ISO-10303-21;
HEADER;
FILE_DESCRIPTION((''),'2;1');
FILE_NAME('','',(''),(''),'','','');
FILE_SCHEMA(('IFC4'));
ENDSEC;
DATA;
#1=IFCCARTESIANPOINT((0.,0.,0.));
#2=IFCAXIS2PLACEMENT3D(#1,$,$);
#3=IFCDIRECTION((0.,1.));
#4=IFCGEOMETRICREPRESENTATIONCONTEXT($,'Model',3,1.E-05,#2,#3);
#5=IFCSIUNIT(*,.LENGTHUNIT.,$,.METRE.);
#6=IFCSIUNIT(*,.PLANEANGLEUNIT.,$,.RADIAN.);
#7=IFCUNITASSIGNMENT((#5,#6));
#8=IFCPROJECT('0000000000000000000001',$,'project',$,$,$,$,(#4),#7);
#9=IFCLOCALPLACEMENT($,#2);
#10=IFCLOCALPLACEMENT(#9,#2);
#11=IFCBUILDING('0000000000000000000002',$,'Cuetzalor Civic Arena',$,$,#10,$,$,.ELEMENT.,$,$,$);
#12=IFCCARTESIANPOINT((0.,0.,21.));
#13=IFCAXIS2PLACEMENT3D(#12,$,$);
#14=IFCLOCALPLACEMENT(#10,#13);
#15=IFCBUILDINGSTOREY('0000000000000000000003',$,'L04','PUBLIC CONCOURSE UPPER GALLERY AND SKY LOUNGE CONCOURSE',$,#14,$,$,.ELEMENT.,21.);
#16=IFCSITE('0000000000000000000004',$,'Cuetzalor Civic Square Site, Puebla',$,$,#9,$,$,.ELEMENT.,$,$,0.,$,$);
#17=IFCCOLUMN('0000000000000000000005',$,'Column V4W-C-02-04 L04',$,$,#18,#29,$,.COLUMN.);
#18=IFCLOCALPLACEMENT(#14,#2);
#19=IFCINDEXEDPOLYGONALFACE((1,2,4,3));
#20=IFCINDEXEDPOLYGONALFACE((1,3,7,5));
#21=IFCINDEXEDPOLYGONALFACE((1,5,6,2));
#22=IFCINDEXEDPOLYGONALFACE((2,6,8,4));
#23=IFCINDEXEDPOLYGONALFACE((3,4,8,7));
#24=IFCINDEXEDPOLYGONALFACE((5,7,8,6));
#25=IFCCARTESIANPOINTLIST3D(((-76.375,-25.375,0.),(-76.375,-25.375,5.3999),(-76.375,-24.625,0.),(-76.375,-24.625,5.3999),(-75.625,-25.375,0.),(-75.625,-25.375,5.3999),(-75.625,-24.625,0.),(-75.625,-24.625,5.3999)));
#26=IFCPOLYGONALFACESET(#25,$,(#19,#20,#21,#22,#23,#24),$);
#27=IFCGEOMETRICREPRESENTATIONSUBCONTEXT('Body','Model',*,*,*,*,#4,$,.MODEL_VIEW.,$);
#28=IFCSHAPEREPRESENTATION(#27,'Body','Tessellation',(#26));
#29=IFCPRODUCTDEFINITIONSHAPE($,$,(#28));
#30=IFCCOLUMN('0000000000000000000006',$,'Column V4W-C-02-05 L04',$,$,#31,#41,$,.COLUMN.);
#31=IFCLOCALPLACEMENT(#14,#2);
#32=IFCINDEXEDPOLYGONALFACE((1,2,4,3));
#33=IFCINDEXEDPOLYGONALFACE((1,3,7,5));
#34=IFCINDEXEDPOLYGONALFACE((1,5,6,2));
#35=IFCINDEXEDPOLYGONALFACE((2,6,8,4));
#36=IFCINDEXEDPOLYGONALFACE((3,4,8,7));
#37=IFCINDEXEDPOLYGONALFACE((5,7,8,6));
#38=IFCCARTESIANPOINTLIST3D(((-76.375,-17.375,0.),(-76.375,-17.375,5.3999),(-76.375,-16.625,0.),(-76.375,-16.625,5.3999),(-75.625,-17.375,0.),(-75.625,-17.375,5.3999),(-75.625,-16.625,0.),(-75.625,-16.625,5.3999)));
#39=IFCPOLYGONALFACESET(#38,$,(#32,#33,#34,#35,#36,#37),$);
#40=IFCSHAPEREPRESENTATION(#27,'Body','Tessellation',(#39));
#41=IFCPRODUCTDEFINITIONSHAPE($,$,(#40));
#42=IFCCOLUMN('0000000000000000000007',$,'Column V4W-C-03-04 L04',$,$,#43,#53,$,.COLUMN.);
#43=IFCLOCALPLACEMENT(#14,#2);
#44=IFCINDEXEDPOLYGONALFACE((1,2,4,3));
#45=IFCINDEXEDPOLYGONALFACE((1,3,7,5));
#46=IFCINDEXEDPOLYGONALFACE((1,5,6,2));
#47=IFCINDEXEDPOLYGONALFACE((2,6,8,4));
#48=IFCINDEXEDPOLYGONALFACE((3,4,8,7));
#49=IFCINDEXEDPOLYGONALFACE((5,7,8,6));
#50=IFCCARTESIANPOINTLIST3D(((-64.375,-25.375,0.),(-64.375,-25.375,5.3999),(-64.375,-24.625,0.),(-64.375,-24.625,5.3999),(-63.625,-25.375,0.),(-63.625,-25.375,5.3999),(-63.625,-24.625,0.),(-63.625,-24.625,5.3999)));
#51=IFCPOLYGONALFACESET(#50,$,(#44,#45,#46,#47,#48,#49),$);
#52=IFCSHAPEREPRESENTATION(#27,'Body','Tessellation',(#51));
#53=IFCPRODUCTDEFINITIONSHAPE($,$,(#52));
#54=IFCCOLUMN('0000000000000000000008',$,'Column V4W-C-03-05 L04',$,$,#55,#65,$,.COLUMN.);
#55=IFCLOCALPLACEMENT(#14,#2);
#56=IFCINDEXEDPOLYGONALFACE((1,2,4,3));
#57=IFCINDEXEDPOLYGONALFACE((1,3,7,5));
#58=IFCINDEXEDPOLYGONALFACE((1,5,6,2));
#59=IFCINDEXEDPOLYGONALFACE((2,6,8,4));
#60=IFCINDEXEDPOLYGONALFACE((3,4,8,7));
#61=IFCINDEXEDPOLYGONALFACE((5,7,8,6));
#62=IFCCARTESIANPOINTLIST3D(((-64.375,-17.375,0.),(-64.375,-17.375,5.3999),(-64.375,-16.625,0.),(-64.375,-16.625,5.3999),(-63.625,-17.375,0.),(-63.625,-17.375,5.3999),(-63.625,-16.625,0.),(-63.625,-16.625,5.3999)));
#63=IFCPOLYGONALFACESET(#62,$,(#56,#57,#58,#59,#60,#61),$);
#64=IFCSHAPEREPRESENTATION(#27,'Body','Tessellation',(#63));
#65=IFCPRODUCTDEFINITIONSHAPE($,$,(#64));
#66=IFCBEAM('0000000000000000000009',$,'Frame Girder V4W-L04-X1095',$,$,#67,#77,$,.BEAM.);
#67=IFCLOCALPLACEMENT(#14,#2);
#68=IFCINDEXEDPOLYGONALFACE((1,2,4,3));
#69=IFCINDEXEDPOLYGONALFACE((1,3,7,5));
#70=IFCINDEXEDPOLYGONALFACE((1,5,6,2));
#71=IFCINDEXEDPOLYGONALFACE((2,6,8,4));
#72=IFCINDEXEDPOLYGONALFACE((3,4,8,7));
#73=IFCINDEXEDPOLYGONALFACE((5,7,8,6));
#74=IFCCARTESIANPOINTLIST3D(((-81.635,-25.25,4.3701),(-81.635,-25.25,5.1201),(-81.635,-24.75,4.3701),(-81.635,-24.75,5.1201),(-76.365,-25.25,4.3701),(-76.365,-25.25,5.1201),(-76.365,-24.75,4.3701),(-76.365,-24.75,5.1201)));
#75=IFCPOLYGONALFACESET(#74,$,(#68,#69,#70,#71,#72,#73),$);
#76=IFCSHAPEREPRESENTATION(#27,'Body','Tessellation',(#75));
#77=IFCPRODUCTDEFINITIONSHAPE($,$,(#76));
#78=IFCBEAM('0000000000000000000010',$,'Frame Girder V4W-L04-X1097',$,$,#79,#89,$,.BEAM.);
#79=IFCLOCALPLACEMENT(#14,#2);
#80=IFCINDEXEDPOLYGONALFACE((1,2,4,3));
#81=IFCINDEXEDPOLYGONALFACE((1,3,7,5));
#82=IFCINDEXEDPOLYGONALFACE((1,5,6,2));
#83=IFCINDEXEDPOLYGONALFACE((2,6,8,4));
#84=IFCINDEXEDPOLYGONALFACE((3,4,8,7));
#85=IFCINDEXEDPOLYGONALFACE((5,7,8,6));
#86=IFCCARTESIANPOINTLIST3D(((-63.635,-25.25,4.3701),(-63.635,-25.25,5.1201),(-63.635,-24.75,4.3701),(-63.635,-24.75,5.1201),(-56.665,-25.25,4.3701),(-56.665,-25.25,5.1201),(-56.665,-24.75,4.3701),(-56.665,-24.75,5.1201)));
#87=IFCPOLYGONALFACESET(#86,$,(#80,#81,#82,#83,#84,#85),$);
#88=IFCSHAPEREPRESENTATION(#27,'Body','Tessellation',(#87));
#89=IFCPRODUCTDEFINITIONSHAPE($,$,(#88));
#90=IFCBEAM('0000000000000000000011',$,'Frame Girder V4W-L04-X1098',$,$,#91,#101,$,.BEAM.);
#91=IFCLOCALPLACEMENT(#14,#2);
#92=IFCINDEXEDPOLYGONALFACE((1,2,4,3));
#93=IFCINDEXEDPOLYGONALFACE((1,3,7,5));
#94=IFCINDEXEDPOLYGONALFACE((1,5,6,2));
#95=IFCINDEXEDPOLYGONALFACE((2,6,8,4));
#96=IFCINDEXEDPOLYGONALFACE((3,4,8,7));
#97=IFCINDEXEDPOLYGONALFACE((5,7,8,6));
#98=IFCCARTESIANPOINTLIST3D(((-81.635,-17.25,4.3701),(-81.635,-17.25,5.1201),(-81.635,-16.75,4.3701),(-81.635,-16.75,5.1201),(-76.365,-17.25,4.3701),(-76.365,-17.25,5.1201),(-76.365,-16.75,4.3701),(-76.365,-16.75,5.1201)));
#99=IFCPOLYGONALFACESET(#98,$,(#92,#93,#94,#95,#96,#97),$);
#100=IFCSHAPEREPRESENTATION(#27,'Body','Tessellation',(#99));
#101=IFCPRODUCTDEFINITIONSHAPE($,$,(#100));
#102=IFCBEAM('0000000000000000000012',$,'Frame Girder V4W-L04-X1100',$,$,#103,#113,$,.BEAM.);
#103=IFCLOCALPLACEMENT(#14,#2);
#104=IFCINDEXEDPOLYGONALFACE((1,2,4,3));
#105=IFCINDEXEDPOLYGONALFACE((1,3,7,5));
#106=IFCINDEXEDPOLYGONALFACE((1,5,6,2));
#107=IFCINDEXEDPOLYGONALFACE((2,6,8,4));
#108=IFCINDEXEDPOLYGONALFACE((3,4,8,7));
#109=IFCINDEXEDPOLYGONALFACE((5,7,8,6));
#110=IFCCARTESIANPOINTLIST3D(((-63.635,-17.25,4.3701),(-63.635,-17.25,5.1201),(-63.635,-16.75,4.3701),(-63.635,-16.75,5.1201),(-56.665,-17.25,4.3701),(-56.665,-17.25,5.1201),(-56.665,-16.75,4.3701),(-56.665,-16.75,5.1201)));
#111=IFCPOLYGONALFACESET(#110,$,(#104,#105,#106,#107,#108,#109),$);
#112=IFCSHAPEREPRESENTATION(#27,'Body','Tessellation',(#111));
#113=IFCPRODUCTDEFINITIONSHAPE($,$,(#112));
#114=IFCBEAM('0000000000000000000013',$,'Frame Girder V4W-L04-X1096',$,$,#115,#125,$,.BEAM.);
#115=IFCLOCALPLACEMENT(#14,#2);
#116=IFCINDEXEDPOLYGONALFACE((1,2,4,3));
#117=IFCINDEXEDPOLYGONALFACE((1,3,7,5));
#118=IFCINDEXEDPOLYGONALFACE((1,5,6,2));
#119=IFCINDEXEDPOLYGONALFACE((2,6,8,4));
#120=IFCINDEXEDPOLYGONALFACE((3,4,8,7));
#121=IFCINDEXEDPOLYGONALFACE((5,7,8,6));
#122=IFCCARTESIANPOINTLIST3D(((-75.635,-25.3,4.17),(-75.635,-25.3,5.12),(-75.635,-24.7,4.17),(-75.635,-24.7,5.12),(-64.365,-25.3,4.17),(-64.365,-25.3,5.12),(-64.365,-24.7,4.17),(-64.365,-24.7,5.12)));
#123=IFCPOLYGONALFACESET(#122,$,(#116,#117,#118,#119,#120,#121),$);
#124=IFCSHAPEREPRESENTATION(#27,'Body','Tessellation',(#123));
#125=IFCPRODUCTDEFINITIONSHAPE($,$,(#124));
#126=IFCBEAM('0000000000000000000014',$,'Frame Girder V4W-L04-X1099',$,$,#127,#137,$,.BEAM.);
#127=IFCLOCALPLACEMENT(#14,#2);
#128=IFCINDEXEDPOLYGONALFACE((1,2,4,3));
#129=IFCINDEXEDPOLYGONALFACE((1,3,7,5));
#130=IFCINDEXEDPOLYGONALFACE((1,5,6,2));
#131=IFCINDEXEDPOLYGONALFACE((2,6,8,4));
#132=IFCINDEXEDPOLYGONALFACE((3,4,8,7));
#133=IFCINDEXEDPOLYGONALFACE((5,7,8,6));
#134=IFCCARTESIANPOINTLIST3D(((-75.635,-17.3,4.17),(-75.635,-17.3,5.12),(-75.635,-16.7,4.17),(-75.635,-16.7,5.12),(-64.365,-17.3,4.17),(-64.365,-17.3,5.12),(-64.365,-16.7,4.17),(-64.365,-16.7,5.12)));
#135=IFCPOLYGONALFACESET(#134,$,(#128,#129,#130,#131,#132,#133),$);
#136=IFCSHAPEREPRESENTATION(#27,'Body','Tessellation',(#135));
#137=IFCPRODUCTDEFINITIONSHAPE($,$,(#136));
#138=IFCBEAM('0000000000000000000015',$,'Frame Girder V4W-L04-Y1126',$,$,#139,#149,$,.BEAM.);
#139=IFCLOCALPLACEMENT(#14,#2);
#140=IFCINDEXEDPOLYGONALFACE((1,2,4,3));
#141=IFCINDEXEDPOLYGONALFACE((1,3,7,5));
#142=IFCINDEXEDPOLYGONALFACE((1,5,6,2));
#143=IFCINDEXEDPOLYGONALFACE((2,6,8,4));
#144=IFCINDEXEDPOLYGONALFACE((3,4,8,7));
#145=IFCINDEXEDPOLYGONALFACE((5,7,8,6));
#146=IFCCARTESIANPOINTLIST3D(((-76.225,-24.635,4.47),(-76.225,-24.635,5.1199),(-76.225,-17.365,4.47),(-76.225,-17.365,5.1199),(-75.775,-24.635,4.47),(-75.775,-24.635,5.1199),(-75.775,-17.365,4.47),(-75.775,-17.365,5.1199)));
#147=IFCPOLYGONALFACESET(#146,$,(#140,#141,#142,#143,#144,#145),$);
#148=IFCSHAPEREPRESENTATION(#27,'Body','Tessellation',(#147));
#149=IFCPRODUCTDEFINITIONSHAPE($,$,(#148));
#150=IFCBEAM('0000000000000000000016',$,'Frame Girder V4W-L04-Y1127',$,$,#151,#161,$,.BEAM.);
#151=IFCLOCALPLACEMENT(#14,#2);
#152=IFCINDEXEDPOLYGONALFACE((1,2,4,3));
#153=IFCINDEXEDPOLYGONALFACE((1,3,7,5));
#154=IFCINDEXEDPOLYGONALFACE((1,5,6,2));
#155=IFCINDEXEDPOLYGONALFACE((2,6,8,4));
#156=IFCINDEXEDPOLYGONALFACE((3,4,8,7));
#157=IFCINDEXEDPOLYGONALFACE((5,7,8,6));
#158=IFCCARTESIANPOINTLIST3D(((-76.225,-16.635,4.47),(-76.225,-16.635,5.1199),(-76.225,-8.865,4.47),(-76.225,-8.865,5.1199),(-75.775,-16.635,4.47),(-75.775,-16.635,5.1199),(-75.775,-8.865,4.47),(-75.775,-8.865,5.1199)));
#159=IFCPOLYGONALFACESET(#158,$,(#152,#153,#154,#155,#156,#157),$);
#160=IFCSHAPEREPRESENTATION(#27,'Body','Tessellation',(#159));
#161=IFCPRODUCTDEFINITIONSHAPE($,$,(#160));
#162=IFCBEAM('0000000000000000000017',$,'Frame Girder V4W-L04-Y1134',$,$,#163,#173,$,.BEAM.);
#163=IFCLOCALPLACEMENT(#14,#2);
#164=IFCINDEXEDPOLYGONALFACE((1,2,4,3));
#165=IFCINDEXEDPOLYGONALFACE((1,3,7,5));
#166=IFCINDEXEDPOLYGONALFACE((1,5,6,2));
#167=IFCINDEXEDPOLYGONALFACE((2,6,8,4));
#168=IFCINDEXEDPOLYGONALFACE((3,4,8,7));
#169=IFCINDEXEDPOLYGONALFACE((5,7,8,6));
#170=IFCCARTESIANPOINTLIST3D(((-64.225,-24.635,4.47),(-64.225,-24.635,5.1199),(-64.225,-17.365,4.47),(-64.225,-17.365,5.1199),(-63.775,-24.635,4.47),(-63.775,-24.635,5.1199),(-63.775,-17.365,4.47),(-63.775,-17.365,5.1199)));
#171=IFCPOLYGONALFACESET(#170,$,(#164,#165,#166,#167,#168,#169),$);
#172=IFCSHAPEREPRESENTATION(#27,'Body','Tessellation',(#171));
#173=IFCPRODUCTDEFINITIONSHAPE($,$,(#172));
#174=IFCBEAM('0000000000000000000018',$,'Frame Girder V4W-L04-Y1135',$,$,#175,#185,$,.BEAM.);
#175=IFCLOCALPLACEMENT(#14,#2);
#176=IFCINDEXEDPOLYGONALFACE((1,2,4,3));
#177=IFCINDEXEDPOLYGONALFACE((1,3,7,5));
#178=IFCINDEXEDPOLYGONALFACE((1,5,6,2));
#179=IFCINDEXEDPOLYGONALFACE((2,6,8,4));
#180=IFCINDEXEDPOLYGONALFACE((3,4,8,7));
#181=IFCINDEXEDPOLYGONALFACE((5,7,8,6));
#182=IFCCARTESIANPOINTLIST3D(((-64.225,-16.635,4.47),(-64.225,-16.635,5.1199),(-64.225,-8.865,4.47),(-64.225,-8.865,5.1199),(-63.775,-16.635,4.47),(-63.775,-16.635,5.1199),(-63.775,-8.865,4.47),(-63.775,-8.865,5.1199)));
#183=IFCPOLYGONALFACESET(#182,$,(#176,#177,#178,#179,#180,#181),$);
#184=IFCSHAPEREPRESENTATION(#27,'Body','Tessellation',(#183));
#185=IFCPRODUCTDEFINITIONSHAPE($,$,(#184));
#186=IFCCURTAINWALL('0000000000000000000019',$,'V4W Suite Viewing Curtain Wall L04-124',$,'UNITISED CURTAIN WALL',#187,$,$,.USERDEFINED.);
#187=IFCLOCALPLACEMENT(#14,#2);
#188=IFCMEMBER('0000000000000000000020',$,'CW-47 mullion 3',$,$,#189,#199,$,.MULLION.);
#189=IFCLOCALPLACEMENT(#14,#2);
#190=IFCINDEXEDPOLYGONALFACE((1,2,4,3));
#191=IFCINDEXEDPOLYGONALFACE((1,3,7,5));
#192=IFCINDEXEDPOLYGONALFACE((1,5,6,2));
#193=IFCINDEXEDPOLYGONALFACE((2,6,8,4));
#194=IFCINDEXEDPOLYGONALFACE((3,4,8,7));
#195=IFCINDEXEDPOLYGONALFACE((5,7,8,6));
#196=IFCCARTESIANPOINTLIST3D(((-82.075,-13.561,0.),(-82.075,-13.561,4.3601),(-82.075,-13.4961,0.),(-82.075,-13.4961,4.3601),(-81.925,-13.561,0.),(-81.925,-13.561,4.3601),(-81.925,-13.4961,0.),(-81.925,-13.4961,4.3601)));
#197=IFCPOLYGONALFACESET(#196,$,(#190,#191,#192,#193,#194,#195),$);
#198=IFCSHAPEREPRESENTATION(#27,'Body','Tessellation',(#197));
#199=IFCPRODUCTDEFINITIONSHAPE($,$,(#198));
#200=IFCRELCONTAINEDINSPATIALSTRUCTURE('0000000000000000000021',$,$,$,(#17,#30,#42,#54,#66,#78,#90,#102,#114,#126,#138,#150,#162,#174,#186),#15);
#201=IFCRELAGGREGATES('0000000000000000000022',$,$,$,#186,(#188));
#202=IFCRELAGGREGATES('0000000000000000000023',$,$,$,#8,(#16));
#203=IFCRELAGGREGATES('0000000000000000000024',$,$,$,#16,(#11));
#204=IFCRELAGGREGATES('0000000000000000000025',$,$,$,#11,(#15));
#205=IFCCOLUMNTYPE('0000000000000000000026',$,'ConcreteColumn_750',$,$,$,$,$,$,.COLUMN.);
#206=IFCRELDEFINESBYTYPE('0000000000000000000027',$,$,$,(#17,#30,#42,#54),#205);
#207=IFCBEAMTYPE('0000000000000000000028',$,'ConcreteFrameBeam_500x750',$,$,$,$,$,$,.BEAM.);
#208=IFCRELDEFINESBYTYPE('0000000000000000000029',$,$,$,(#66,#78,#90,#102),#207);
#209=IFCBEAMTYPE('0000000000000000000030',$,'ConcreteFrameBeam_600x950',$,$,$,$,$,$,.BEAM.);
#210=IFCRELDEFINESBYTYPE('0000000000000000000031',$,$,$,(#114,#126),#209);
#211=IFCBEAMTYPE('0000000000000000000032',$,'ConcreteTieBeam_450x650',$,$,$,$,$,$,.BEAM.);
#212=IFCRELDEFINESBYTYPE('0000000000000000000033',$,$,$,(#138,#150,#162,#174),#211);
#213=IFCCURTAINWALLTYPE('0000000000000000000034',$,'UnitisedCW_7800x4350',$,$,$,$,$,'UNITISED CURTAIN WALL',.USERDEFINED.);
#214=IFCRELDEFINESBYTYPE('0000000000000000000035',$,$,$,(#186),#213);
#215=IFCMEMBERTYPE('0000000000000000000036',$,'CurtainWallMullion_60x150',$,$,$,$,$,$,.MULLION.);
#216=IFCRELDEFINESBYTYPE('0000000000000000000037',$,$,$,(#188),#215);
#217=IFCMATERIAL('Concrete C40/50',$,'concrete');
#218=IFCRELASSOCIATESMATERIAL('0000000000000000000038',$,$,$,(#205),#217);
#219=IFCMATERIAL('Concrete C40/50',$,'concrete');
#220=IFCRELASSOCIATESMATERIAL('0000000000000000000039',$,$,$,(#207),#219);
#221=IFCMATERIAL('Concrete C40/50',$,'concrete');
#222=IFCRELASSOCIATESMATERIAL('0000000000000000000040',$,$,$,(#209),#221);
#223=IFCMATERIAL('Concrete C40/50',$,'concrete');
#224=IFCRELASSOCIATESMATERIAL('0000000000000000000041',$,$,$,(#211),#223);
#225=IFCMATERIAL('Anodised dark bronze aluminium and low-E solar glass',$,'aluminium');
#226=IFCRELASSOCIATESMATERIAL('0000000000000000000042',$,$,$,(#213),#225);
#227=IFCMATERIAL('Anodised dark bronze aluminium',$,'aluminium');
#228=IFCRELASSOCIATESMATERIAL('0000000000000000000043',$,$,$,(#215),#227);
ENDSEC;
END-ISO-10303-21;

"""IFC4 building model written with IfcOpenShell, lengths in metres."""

from ifc_helpers import new_model, si_unit, direction, frame, origin, origin_2d, place, context, subcontext, project, spatial, rectangle, extrude, material, material_profile, profile_set, type_object, element, aggregate, save


model = new_model("IFC4")

# Units and contexts
model_context = context("Model", 3, precision=1e-05, world=origin(), true_north=direction((0.0, 1.0)))
body_context = subcontext(model_context, "Body", "Model", "MODEL_VIEW")
ifc_project = project(units=[si_unit("LENGTHUNIT", "METRE"), si_unit("PLANEANGLEUNIT", "RADIAN")], contexts=[model_context])

# Site, building, storey
site_placement = place(None, origin())
site = spatial("IfcSite", under=ifc_project, at=site_placement, Name="Cuetzalor Civic Square Site, Puebla", CompositionType="ELEMENT", RefElevation=0.0)
building_placement = place(site_placement, origin())
building = spatial("IfcBuilding", under=site, at=building_placement, Name="Cuetzalor Civic Arena", CompositionType="ELEMENT")
storey_placement = place(building_placement, frame((0.0, 0.0, 21.0)))
storey = spatial("IfcBuildingStorey", under=building, at=storey_placement, Name="L04", Description="PUBLIC CONCOURSE UPPER GALLERY AND SKY LOUNGE CONCOURSE", CompositionType="ELEMENT", Elevation=21.0)

# Columns
ifc_material_1 = material(Name="Concrete C40/50", Category="concrete")
ifc_material_profile_1 = material_profile(ifc_material_1, rectangle(XDim=0.75, YDim=0.75, at=origin_2d()), Name="RC 750x750")
ifc_profile_set_1 = profile_set([ifc_material_profile_1], Name="Concrete C40/50")
column_type = type_object("IfcColumnType", Name="ConcreteColumn_750", PredefinedType="COLUMN", material=ifc_profile_set_1)
for number, where, z_axis, x_axis, name in (
    (1, (-76.0, -25.0, 0.0), (0.0, 0.0, 1.0), (1.0, 0.0, 0.0), "Column V4W-C-02-04 L04"),
    (2, (-76.0, -17.0, 0.0), (0.0, 0.0, 1.0), (1.0, 0.0, 0.0), "Column V4W-C-02-05 L04"),
    (3, (-64.0, -25.0, 0.0), (0.0, 0.0, 1.0), (1.0, 0.0, 0.0), "Column V4W-C-03-04 L04"),
    (4, (-64.0, -17.0, 0.0), (0.0, 0.0, 1.0), (1.0, 0.0, 0.0), "Column V4W-C-03-05 L04"),
):
    element("IfcColumn", number, at=place(storey_placement, frame(where, z_axis=z_axis, x_axis=x_axis)), inside=storey, type_object=column_type, Name=name, PredefinedType="COLUMN", context=body_context, shape_type="SweptSolid", body=[
        extrude(rectangle(XDim=0.75, YDim=0.75, at=origin_2d()), origin(), (0.0, 0.0, 1.0), 5.3999),
    ])

# Beams
ifc_material_2 = material(Name="Concrete C40/50", Category="concrete")
ifc_material_profile_2 = material_profile(ifc_material_2, rectangle(XDim=0.5, YDim=0.75, at=origin_2d()), Name="RC 500x750")
ifc_profile_set_2 = profile_set([ifc_material_profile_2], Name="Concrete C40/50")
beam_type_1 = type_object("IfcBeamType", Name="ConcreteFrameBeam_500x750", PredefinedType="BEAM", material=ifc_profile_set_2)
beam_1_placement = place(storey_placement, frame((-81.635, -25.0, 4.7451), z_axis=(1.0, 0.0, 0.0), x_axis=(0.0, 1.0, 0.0)))
element("IfcBeam", 5, at=beam_1_placement, inside=storey, type_object=beam_type_1, Name="Frame Girder V4W-L04-X1095", PredefinedType="BEAM", context=body_context, shape_type="SweptSolid", body=[
    extrude(rectangle(XDim=0.5, YDim=0.75, at=origin_2d()), origin(), (0.0, 0.0, 1.0), 5.27),
])
beam_2_placement = place(storey_placement, frame((-63.635, -25.0, 4.7451), z_axis=(1.0, 0.0, 0.0), x_axis=(0.0, 1.0, 0.0)))
element("IfcBeam", 6, at=beam_2_placement, inside=storey, type_object=beam_type_1, Name="Frame Girder V4W-L04-X1097", PredefinedType="BEAM", context=body_context, shape_type="SweptSolid", body=[
    extrude(rectangle(XDim=0.5, YDim=0.75, at=origin_2d()), origin(), (0.0, 0.0, 1.0), 6.97),
])
beam_3_placement = place(storey_placement, frame((-81.635, -17.0, 4.7451), z_axis=(1.0, 0.0, 0.0), x_axis=(0.0, 1.0, 0.0)))
element("IfcBeam", 7, at=beam_3_placement, inside=storey, type_object=beam_type_1, Name="Frame Girder V4W-L04-X1098", PredefinedType="BEAM", context=body_context, shape_type="SweptSolid", body=[
    extrude(rectangle(XDim=0.5, YDim=0.75, at=origin_2d()), origin(), (0.0, 0.0, 1.0), 5.27),
])
beam_4_placement = place(storey_placement, frame((-63.635, -17.0, 4.7451), z_axis=(1.0, 0.0, 0.0), x_axis=(0.0, 1.0, 0.0)))
element("IfcBeam", 8, at=beam_4_placement, inside=storey, type_object=beam_type_1, Name="Frame Girder V4W-L04-X1100", PredefinedType="BEAM", context=body_context, shape_type="SweptSolid", body=[
    extrude(rectangle(XDim=0.5, YDim=0.75, at=origin_2d()), origin(), (0.0, 0.0, 1.0), 6.97),
])
ifc_material_3 = material(Name="Concrete C40/50", Category="concrete")
ifc_material_profile_3 = material_profile(ifc_material_3, rectangle(XDim=0.6001, YDim=0.95, at=origin_2d()), Name="RC 600x950")
ifc_profile_set_3 = profile_set([ifc_material_profile_3], Name="Concrete C40/50")
beam_type_2 = type_object("IfcBeamType", Name="ConcreteFrameBeam_600x950", PredefinedType="BEAM", material=ifc_profile_set_3)
for number, where, z_axis, x_axis, name in (
    (9, (-75.635, -25.0, 4.645), (1.0, 0.0, 0.0), (0.0, 1.0, 0.0), "Frame Girder V4W-L04-X1096"),
    (10, (-75.635, -17.0, 4.645), (1.0, 0.0, 0.0), (0.0, 1.0, 0.0), "Frame Girder V4W-L04-X1099"),
):
    element("IfcBeam", number, at=place(storey_placement, frame(where, z_axis=z_axis, x_axis=x_axis)), inside=storey, type_object=beam_type_2, Name=name, PredefinedType="BEAM", context=body_context, shape_type="SweptSolid", body=[
        extrude(rectangle(XDim=0.6001, YDim=0.95, at=origin_2d()), origin(), (0.0, 0.0, 1.0), 11.27),
    ])
ifc_material_4 = material(Name="Concrete C40/50", Category="concrete")
ifc_material_profile_4 = material_profile(ifc_material_4, rectangle(XDim=0.45, YDim=0.6499, at=origin_2d()), Name="RC 450x650")
ifc_profile_set_4 = profile_set([ifc_material_profile_4], Name="Concrete C40/50")
beam_type_3 = type_object("IfcBeamType", Name="ConcreteTieBeam_450x650", PredefinedType="BEAM", material=ifc_profile_set_4)
beam_5_placement = place(storey_placement, frame((-76.0, -24.635, 4.7949), z_axis=(0.0, 1.0, 0.0), x_axis=(-1.0, 0.0, 0.0)))
element("IfcBeam", 11, at=beam_5_placement, inside=storey, type_object=beam_type_3, Name="Frame Girder V4W-L04-Y1126", PredefinedType="BEAM", context=body_context, shape_type="SweptSolid", body=[
    extrude(rectangle(XDim=0.45, YDim=0.6499, at=origin_2d()), origin(), (0.0, 0.0, 1.0), 7.27),
])
beam_6_placement = place(storey_placement, frame((-76.0, -16.635, 4.7949), z_axis=(0.0, 1.0, 0.0), x_axis=(-1.0, 0.0, 0.0)))
element("IfcBeam", 12, at=beam_6_placement, inside=storey, type_object=beam_type_3, Name="Frame Girder V4W-L04-Y1127", PredefinedType="BEAM", context=body_context, shape_type="SweptSolid", body=[
    extrude(rectangle(XDim=0.45, YDim=0.6499, at=origin_2d()), origin(), (0.0, 0.0, 1.0), 7.77),
])
beam_7_placement = place(storey_placement, frame((-64.0, -24.635, 4.7949), z_axis=(0.0, 1.0, 0.0), x_axis=(-1.0, 0.0, 0.0)))
element("IfcBeam", 13, at=beam_7_placement, inside=storey, type_object=beam_type_3, Name="Frame Girder V4W-L04-Y1134", PredefinedType="BEAM", context=body_context, shape_type="SweptSolid", body=[
    extrude(rectangle(XDim=0.45, YDim=0.6499, at=origin_2d()), origin(), (0.0, 0.0, 1.0), 7.27),
])
beam_8_placement = place(storey_placement, frame((-64.0, -16.635, 4.7949), z_axis=(0.0, 1.0, 0.0), x_axis=(-1.0, 0.0, 0.0)))
element("IfcBeam", 14, at=beam_8_placement, inside=storey, type_object=beam_type_3, Name="Frame Girder V4W-L04-Y1135", PredefinedType="BEAM", context=body_context, shape_type="SweptSolid", body=[
    extrude(rectangle(XDim=0.45, YDim=0.6499, at=origin_2d()), origin(), (0.0, 0.0, 1.0), 7.77),
])

# Curtain wall, member
ifc_material_5 = material(Name="Anodised dark bronze aluminium and low-E solar glass", Category="aluminium")
curtain_wall_type = type_object("IfcCurtainWallType", Name="UnitisedCW_7800x4350", ElementType="UNITISED CURTAIN WALL", PredefinedType="USERDEFINED", material=ifc_material_5)
curtain_wall_placement = place(storey_placement, origin())
curtain_wall = element("IfcCurtainWall", 15, at=curtain_wall_placement, inside=storey, type_object=curtain_wall_type, Name="V4W Suite Viewing Curtain Wall L04-124", ObjectType="UNITISED CURTAIN WALL", PredefinedType="USERDEFINED")
ifc_material_6 = material(Name="Anodised dark bronze aluminium", Category="aluminium")
ifc_material_profile_5 = material_profile(ifc_material_6, rectangle(XDim=0.0649, YDim=0.1499, at=origin_2d()), Name="ALU MULLION 65x150")
ifc_profile_set_5 = profile_set([ifc_material_profile_5], Name="Anodised dark bronze aluminium")
member_type_1 = type_object("IfcMemberType", Name="CurtainWallMullion_60x150", PredefinedType="MULLION", material=ifc_profile_set_5)
member_1_placement = place(storey_placement, frame((-82.0, -13.5286, 0.0), z_axis=(0.0, 0.0, 1.0), x_axis=(0.0, 1.0, 0.0)))
member_1 = element("IfcMember", 16, at=member_1_placement, type_object=member_type_1, Name="CW-47 mullion 3", PredefinedType="MULLION", context=body_context, shape_type="SweptSolid", body=[
    extrude(rectangle(XDim=0.0649, YDim=0.1499, at=origin_2d()), origin(), (0.0, 0.0, 1.0), 4.3601),
])

aggregate(curtain_wall, [member_1])

save(model, "model.ifc")
